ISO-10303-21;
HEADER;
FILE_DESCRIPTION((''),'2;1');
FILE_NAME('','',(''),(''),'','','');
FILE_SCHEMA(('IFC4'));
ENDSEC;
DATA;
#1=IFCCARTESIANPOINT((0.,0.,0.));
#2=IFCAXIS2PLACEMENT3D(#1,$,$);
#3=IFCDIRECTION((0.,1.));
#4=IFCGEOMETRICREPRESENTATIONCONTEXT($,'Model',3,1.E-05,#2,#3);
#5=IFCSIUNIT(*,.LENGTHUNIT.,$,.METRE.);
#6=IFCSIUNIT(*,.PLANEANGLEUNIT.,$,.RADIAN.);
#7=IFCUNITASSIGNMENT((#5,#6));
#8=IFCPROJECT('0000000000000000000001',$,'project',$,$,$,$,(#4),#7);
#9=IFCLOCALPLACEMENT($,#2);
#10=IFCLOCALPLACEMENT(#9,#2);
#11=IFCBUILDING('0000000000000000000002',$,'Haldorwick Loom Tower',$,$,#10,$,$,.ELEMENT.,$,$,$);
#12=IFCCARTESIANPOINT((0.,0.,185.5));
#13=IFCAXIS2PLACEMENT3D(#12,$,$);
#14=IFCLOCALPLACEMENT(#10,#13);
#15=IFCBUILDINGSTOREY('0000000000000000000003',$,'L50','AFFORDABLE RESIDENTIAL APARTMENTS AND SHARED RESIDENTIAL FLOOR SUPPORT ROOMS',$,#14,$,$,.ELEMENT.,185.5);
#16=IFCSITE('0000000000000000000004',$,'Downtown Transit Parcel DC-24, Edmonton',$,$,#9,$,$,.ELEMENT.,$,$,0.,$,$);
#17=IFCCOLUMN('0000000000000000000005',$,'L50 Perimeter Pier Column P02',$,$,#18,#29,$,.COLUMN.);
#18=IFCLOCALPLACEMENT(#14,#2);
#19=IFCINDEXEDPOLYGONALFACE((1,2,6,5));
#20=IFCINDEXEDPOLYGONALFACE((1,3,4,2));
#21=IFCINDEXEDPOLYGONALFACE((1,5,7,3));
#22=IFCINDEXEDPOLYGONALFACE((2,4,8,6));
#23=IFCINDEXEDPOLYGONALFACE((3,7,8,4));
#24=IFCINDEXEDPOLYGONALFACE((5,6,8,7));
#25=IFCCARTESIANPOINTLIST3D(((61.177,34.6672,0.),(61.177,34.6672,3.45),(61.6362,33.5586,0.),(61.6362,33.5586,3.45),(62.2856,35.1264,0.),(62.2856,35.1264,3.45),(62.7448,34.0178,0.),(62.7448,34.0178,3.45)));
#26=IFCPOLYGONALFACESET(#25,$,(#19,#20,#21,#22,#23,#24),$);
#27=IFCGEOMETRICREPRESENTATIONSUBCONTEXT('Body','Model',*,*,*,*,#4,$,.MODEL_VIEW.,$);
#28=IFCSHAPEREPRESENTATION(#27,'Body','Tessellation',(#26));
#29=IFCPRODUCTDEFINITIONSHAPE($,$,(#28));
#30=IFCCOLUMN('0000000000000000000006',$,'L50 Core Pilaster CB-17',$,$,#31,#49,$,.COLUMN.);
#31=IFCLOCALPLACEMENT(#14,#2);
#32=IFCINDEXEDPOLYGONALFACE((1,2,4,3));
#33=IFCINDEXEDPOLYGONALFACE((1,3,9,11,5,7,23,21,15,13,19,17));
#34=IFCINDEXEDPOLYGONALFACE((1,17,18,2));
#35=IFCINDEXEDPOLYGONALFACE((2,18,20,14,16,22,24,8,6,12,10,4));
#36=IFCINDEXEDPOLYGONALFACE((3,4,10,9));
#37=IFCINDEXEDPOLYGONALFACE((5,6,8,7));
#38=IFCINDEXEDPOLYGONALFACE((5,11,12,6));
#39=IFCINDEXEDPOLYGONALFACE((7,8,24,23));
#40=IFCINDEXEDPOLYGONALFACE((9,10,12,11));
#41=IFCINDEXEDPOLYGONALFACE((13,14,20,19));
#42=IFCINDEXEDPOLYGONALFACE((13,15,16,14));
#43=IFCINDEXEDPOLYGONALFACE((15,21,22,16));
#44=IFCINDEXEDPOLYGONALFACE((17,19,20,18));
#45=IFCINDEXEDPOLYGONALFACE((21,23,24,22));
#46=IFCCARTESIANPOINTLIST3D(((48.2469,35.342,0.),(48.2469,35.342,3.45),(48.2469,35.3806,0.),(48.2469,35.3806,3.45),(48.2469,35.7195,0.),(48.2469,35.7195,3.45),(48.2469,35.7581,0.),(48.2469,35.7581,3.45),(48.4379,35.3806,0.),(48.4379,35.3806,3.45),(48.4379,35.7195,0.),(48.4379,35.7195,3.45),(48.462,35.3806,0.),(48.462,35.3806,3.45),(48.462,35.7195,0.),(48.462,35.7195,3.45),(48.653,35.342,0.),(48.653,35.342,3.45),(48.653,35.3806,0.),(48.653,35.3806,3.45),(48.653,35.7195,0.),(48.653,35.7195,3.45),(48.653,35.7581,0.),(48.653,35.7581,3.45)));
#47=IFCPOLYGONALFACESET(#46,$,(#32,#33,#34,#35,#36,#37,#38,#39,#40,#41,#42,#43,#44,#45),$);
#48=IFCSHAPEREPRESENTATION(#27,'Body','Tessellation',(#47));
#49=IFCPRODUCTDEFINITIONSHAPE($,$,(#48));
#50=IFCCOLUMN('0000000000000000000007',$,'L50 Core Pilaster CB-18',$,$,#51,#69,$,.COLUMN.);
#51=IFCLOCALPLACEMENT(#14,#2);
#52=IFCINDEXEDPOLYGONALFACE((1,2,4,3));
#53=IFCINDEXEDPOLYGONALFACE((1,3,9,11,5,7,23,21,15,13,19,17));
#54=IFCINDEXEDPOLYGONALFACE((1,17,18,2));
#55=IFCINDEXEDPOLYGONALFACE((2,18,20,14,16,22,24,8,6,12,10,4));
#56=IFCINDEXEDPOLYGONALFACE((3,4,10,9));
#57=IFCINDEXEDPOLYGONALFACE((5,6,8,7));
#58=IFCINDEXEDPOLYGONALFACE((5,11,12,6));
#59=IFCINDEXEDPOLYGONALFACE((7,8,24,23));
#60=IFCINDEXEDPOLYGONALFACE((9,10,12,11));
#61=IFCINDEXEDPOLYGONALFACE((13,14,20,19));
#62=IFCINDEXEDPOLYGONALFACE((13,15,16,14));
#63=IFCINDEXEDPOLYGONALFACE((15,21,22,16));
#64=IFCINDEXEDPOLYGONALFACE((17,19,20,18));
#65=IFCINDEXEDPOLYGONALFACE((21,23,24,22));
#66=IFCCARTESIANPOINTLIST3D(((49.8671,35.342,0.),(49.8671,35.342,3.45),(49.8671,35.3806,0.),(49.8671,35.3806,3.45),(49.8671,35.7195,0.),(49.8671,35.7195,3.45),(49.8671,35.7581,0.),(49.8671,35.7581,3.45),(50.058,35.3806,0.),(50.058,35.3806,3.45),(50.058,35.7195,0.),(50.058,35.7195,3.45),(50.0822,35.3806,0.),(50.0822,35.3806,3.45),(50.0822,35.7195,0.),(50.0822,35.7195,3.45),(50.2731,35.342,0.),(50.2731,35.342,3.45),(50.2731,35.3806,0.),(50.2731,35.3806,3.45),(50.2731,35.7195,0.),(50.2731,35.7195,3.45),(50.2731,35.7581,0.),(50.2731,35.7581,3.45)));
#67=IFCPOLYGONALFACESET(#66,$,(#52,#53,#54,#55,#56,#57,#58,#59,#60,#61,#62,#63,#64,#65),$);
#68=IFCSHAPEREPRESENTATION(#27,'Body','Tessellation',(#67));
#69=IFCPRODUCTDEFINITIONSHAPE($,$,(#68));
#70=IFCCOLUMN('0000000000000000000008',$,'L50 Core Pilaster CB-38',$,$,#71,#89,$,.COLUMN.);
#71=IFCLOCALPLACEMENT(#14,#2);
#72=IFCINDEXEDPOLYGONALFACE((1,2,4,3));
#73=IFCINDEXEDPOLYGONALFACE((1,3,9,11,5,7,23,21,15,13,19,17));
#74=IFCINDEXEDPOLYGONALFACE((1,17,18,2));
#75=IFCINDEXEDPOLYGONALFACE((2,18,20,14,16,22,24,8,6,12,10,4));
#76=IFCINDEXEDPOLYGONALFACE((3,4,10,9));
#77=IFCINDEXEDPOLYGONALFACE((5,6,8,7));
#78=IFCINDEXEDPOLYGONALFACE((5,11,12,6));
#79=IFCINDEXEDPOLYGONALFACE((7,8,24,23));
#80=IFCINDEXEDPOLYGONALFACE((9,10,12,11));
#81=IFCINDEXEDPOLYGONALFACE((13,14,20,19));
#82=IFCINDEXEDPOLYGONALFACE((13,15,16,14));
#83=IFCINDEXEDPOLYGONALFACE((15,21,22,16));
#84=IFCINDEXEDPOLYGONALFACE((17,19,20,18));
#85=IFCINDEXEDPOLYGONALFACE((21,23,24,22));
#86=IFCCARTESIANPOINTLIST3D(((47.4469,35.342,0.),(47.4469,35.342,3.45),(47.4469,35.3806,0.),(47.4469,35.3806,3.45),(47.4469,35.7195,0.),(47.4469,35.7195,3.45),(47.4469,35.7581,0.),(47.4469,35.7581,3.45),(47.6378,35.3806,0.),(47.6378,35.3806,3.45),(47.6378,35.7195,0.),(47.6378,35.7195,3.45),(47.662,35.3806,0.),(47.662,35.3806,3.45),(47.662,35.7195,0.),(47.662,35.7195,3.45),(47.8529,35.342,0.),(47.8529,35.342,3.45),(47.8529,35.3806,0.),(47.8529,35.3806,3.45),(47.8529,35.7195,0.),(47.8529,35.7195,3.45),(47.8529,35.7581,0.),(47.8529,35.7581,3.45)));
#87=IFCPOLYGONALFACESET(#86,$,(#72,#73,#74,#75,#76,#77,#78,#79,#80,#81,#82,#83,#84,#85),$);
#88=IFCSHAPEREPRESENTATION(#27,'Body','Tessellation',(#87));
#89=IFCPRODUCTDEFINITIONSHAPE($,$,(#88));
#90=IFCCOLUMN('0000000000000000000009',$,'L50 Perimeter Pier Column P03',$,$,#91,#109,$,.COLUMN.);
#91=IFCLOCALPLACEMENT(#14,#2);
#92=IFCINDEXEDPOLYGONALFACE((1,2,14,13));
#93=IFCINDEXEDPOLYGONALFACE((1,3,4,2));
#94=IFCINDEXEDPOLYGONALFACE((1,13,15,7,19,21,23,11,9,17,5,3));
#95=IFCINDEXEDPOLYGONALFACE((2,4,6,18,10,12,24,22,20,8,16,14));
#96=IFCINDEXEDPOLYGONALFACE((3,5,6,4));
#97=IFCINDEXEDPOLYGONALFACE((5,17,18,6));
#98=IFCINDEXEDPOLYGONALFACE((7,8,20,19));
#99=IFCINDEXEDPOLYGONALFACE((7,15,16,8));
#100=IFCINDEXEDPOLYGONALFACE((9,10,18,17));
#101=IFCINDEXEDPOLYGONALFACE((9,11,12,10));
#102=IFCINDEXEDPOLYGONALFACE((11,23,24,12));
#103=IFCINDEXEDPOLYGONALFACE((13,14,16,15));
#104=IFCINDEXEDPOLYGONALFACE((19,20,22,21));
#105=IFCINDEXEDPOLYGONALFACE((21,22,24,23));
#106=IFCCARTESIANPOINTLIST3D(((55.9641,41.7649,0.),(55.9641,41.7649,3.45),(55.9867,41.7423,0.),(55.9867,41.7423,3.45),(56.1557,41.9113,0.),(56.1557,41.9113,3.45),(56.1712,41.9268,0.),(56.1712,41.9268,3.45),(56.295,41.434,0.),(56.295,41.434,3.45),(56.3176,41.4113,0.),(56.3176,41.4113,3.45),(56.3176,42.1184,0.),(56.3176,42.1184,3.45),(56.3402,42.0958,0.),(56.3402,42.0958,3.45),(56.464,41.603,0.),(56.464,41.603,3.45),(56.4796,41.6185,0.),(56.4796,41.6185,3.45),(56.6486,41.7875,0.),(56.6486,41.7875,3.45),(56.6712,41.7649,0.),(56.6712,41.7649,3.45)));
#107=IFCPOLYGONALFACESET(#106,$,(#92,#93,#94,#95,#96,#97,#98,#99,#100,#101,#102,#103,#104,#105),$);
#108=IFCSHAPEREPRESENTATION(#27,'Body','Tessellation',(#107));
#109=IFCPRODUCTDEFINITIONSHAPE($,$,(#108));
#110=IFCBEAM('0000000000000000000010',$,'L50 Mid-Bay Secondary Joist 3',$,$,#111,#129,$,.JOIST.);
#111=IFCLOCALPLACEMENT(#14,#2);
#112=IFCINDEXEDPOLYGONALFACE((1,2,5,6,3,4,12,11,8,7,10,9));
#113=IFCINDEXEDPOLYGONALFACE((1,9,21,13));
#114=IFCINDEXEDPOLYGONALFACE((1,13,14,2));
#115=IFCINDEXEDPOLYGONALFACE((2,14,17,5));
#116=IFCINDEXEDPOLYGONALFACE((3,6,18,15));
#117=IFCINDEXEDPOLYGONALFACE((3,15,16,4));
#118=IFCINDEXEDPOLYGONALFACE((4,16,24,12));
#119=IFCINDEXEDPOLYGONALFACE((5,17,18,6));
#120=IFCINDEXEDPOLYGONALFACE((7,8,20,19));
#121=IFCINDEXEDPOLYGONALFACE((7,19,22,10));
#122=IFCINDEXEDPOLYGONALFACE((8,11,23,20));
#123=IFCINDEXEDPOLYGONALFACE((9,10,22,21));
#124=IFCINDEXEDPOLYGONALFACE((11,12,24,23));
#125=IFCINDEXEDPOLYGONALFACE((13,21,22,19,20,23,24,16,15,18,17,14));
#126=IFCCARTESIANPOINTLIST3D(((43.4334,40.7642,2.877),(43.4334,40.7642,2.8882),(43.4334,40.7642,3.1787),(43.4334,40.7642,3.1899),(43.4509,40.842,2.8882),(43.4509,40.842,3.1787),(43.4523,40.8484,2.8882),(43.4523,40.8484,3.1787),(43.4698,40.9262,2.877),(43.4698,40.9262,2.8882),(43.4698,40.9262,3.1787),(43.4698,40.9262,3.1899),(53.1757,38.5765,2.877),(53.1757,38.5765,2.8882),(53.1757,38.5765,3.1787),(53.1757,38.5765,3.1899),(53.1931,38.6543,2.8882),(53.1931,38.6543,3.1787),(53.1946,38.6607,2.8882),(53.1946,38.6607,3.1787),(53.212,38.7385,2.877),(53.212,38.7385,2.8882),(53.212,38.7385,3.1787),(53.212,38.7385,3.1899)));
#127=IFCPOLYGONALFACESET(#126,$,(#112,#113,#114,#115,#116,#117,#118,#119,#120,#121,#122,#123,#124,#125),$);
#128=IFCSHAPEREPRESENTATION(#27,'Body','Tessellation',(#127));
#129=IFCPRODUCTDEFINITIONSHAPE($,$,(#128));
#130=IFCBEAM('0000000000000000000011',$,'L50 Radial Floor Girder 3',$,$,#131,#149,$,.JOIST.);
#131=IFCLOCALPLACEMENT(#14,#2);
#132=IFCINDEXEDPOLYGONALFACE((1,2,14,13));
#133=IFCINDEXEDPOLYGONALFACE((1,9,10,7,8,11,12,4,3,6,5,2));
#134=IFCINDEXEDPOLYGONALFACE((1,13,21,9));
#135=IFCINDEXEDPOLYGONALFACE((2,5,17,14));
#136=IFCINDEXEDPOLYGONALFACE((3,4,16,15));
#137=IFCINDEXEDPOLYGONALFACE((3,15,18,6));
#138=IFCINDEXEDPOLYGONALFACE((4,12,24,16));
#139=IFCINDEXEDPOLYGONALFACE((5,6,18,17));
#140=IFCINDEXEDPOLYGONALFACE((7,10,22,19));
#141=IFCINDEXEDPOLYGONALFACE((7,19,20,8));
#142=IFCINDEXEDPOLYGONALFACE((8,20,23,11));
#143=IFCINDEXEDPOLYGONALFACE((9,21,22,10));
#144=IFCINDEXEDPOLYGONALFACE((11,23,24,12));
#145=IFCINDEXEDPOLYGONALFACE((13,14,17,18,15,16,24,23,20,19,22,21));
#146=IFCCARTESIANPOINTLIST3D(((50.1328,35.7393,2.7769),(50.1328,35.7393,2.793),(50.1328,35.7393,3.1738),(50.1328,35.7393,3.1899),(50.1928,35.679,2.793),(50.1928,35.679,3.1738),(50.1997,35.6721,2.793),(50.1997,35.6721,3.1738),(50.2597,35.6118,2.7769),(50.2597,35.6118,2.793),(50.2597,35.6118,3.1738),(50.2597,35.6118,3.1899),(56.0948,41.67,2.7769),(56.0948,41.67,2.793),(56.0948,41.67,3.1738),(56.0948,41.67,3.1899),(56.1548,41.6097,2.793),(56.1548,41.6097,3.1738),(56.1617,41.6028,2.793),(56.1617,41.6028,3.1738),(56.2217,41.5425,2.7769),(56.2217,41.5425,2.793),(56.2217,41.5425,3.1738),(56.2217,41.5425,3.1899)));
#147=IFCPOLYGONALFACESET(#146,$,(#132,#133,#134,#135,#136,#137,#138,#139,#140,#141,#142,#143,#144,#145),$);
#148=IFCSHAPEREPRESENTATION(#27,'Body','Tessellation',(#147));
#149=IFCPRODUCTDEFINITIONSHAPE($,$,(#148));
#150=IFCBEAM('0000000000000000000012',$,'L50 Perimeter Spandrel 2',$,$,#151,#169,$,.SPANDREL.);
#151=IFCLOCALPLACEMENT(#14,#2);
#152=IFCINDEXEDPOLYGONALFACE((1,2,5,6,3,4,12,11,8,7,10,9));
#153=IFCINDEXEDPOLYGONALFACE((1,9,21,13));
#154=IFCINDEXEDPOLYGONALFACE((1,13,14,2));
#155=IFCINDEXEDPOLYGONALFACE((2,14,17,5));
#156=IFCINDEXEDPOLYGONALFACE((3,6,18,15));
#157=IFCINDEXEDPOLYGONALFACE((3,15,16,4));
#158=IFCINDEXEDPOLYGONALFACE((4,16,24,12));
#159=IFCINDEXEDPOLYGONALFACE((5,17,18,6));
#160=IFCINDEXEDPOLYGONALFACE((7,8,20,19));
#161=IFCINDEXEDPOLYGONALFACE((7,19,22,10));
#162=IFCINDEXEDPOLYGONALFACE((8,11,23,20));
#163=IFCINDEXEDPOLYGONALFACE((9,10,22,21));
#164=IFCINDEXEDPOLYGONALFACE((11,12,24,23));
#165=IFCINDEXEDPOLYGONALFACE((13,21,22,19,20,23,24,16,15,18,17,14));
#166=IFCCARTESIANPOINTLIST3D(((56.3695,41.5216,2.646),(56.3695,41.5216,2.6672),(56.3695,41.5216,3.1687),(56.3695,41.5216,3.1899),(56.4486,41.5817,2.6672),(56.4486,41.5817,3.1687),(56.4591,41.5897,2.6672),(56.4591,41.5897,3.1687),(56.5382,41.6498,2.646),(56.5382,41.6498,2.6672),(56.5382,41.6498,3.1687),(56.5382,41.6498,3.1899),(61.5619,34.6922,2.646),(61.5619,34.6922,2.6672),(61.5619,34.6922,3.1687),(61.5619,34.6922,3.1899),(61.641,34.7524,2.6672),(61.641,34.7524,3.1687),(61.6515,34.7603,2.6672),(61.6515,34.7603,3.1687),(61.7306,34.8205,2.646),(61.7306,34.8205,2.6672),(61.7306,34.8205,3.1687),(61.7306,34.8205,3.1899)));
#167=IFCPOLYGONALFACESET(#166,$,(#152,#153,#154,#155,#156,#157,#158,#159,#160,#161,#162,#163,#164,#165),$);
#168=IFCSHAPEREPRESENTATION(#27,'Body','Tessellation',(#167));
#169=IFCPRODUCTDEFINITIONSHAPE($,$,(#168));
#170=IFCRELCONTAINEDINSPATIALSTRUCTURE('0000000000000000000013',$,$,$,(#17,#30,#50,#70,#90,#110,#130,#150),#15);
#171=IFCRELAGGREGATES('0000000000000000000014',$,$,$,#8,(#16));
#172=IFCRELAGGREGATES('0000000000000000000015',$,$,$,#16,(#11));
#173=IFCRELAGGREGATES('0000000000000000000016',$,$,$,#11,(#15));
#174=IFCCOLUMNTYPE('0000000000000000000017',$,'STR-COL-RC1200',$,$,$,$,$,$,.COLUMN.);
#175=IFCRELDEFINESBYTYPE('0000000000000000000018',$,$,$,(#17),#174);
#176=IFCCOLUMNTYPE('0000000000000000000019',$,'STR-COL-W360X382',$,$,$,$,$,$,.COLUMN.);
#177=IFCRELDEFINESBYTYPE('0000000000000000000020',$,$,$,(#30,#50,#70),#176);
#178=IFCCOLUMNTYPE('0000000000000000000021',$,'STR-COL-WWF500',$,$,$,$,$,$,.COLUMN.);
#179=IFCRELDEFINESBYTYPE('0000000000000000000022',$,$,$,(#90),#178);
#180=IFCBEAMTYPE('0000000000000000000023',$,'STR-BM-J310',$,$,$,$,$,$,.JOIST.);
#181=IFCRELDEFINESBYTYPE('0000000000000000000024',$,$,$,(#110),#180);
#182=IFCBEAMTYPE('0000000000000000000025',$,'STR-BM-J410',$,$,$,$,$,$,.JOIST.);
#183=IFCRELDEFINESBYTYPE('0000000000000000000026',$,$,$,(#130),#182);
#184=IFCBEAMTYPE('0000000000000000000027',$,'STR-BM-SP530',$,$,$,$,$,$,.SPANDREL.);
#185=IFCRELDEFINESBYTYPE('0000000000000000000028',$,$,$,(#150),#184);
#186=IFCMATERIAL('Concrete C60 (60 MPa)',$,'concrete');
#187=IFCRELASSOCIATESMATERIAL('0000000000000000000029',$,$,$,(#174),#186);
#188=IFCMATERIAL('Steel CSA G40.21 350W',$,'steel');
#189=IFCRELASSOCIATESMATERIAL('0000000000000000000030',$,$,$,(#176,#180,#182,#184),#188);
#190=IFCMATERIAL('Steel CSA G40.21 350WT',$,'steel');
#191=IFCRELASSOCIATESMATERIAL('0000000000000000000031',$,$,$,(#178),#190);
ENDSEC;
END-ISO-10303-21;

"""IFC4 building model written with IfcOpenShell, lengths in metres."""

from ifc_helpers import new_model, si_unit, direction, frame, origin, origin_2d, place, context, subcontext, project, spatial, rectangle, i_section, extrude, material, material_profile, profile_set, type_object, element, save


model = new_model("IFC4")

# Units and contexts
model_context = context("Model", 3, precision=1e-05, world=origin(), true_north=direction((0.0, 1.0)))
body_context = subcontext(model_context, "Body", "Model", "MODEL_VIEW")
ifc_project = project(units=[si_unit("LENGTHUNIT", "METRE"), si_unit("PLANEANGLEUNIT", "RADIAN")], contexts=[model_context])

# Site, building, storey
site_placement = place(None, origin())
site = spatial("IfcSite", under=ifc_project, at=site_placement, Name="Downtown Transit Parcel DC-24, Edmonton", CompositionType="ELEMENT", RefElevation=0.0)
building_placement = place(site_placement, origin())
building = spatial("IfcBuilding", under=site, at=building_placement, Name="Haldorwick Loom Tower", CompositionType="ELEMENT")
storey_placement = place(building_placement, frame((0.0, 0.0, 185.5)))
storey = spatial("IfcBuildingStorey", under=building, at=storey_placement, Name="L50", Description="AFFORDABLE RESIDENTIAL APARTMENTS AND SHARED RESIDENTIAL FLOOR SUPPORT ROOMS", CompositionType="ELEMENT", Elevation=185.5)

# Columns
ifc_material_1 = material(Name="Concrete C60 (60 MPa)", Category="concrete")
ifc_material_profile_1 = material_profile(ifc_material_1, rectangle(XDim=1.2, YDim=1.2, at=origin_2d()), Name="RC1200X1200", Category="concrete")
ifc_profile_set_1 = profile_set([ifc_material_profile_1], Name="Concrete C60 (60 MPa)")
column_type_1 = type_object("IfcColumnType", Name="STR-COL-RC1200", PredefinedType="COLUMN", material=ifc_profile_set_1)
column_1_placement = place(storey_placement, frame((61.9609, 34.3425, 0.0), z_axis=(0.0, 0.0, 1.0), x_axis=(0.92388, 0.382683, 0.0)))
element("IfcColumn", 1, at=column_1_placement, inside=storey, type_object=column_type_1, Name="L50 Perimeter Pier Column P02", PredefinedType="COLUMN", context=body_context, shape_type="SweptSolid", body=[
    extrude(rectangle(XDim=1.2, YDim=1.2, at=origin_2d()), origin(), (0.0, 0.0, 1.0), 3.45),
])
ifc_material_2 = material(Name="Steel CSA G40.21 350W", Category="steel")
ifc_material_profile_2 = material_profile(ifc_material_2, i_section(OverallWidth=0.406, OverallDepth=0.416, WebThickness=0.0242, FlangeThickness=0.0386, at=origin_2d()), Name="W360X382", Category="steel")
ifc_profile_set_2 = profile_set([ifc_material_profile_2], Name="Steel CSA G40.21 350W")
column_type_2 = type_object("IfcColumnType", Name="STR-COL-W360X382", PredefinedType="COLUMN", material=ifc_profile_set_2)
for number, where, z_axis, x_axis, name in (
    (2, (48.45, 35.55, 0.0), (0.0, 0.0, 1.0), (1.0, 0.0, 0.0), "L50 Core Pilaster CB-17"),
    (3, (50.0701, 35.55, 0.0), (0.0, 0.0, 1.0), (1.0, 0.0, 0.0), "L50 Core Pilaster CB-18"),
    (4, (47.6499, 35.55, 0.0), (0.0, 0.0, 1.0), (1.0, 0.0, 0.0), "L50 Core Pilaster CB-38"),
):
    element("IfcColumn", number, at=place(storey_placement, frame(where, z_axis=z_axis, x_axis=x_axis)), inside=storey, type_object=column_type_2, Name=name, PredefinedType="COLUMN", context=body_context, shape_type="SweptSolid", body=[
        extrude(i_section(OverallWidth=0.406, OverallDepth=0.416, WebThickness=0.0242, FlangeThickness=0.0386, at=origin_2d()), origin(), (0.0, 0.0, 1.0), 3.45),
    ])
ifc_material_3 = material(Name="Steel CSA G40.21 350WT", Category="steel")
ifc_material_profile_3 = material_profile(ifc_material_3, i_section(OverallWidth=0.5, OverallDepth=0.5, WebThickness=0.022, FlangeThickness=0.032, at=origin_2d()), Name="WWF500X500", Category="steel")
ifc_profile_set_3 = profile_set([ifc_material_profile_3], Name="Steel CSA G40.21 350WT")
column_type_3 = type_object("IfcColumnType", Name="STR-COL-WWF500", PredefinedType="COLUMN", material=ifc_profile_set_3)
column_2_placement = place(storey_placement, frame((56.3176, 41.7649, 0.0), z_axis=(0.0, 0.0, 1.0), x_axis=(0.707107, 0.707107, 0.0)))
element("IfcColumn", 5, at=column_2_placement, inside=storey, type_object=column_type_3, Name="L50 Perimeter Pier Column P03", PredefinedType="COLUMN", context=body_context, shape_type="SweptSolid", body=[
    extrude(i_section(OverallWidth=0.5, OverallDepth=0.5, WebThickness=0.022, FlangeThickness=0.032, at=origin_2d()), origin(), (0.0, 0.0, 1.0), 3.45),
])

# Beams
ifc_material_profile_4 = material_profile(ifc_material_2, i_section(OverallWidth=0.166, OverallDepth=0.313, WebThickness=0.0066, FlangeThickness=0.0112, at=origin_2d()), Name="W310X45", Category="steel")
ifc_profile_set_4 = profile_set([ifc_material_profile_4], Name="Steel CSA G40.21 350W")
beam_type_1 = type_object("IfcBeamType", Name="STR-BM-J310", PredefinedType="JOIST", material=ifc_profile_set_4)
beam_1_placement = place(storey_placement, frame((53.1938, 38.6575, 3.0334), z_axis=(-0.975701, 0.219107, 0.0), x_axis=(-0.219107, -0.975701, 0.0)))
element("IfcBeam", 6, at=beam_1_placement, inside=storey, type_object=beam_type_1, Name="L50 Mid-Bay Secondary Joist 3", PredefinedType="JOIST", context=body_context, shape_type="SweptSolid", body=[
    extrude(i_section(OverallWidth=0.166, OverallDepth=0.313, WebThickness=0.0066, FlangeThickness=0.0112, at=origin_2d()), origin(), (0.0, 0.0, 1.0), 9.9849),
])
ifc_material_profile_5 = material_profile(ifc_material_2, i_section(OverallWidth=0.1799, OverallDepth=0.4131, WebThickness=0.0098, FlangeThickness=0.0161, at=origin_2d()), Name="W410X74", Category="steel")
ifc_profile_set_5 = profile_set([ifc_material_profile_5], Name="Steel CSA G40.21 350W")
beam_type_2 = type_object("IfcBeamType", Name="STR-BM-J410", PredefinedType="JOIST", material=ifc_profile_set_5)
beam_2_placement = place(storey_placement, frame((50.1963, 35.6755, 2.9834), z_axis=(0.708962, 0.705246, 0.0), x_axis=(-0.705246, 0.708962, 0.0)))
element("IfcBeam", 7, at=beam_2_placement, inside=storey, type_object=beam_type_2, Name="L50 Radial Floor Girder 3", PredefinedType="JOIST", context=body_context, shape_type="SweptSolid", body=[
    extrude(i_section(OverallWidth=0.1799, OverallDepth=0.4131, WebThickness=0.0098, FlangeThickness=0.0161, at=origin_2d()), origin(), (0.0, 0.0, 1.0), 8.4094),
])
ifc_material_profile_6 = material_profile(ifc_material_2, i_section(OverallWidth=0.2119, OverallDepth=0.5439, WebThickness=0.0132, FlangeThickness=0.0212, at=origin_2d()), Name="W530X123", Category="steel")
ifc_profile_set_6 = profile_set([ifc_material_profile_6], Name="Steel CSA G40.21 350W")
beam_type_3 = type_object("IfcBeamType", Name="STR-BM-SP530", PredefinedType="SPANDREL", material=ifc_profile_set_6)
beam_3_placement = place(storey_placement, frame((61.6462, 34.7563, 2.918), z_axis=(-0.605237, 0.796045, 0.0), x_axis=(-0.796045, -0.605237, 0.0)))
element("IfcBeam", 8, at=beam_3_placement, inside=storey, type_object=beam_type_3, Name="L50 Perimeter Spandrel 2", PredefinedType="SPANDREL", context=body_context, shape_type="SweptSolid", body=[
    extrude(i_section(OverallWidth=0.2119, OverallDepth=0.5439, WebThickness=0.0132, FlangeThickness=0.0212, at=origin_2d()), origin(), (0.0, 0.0, 1.0), 8.5791),
])

save(model, "model.ifc")
